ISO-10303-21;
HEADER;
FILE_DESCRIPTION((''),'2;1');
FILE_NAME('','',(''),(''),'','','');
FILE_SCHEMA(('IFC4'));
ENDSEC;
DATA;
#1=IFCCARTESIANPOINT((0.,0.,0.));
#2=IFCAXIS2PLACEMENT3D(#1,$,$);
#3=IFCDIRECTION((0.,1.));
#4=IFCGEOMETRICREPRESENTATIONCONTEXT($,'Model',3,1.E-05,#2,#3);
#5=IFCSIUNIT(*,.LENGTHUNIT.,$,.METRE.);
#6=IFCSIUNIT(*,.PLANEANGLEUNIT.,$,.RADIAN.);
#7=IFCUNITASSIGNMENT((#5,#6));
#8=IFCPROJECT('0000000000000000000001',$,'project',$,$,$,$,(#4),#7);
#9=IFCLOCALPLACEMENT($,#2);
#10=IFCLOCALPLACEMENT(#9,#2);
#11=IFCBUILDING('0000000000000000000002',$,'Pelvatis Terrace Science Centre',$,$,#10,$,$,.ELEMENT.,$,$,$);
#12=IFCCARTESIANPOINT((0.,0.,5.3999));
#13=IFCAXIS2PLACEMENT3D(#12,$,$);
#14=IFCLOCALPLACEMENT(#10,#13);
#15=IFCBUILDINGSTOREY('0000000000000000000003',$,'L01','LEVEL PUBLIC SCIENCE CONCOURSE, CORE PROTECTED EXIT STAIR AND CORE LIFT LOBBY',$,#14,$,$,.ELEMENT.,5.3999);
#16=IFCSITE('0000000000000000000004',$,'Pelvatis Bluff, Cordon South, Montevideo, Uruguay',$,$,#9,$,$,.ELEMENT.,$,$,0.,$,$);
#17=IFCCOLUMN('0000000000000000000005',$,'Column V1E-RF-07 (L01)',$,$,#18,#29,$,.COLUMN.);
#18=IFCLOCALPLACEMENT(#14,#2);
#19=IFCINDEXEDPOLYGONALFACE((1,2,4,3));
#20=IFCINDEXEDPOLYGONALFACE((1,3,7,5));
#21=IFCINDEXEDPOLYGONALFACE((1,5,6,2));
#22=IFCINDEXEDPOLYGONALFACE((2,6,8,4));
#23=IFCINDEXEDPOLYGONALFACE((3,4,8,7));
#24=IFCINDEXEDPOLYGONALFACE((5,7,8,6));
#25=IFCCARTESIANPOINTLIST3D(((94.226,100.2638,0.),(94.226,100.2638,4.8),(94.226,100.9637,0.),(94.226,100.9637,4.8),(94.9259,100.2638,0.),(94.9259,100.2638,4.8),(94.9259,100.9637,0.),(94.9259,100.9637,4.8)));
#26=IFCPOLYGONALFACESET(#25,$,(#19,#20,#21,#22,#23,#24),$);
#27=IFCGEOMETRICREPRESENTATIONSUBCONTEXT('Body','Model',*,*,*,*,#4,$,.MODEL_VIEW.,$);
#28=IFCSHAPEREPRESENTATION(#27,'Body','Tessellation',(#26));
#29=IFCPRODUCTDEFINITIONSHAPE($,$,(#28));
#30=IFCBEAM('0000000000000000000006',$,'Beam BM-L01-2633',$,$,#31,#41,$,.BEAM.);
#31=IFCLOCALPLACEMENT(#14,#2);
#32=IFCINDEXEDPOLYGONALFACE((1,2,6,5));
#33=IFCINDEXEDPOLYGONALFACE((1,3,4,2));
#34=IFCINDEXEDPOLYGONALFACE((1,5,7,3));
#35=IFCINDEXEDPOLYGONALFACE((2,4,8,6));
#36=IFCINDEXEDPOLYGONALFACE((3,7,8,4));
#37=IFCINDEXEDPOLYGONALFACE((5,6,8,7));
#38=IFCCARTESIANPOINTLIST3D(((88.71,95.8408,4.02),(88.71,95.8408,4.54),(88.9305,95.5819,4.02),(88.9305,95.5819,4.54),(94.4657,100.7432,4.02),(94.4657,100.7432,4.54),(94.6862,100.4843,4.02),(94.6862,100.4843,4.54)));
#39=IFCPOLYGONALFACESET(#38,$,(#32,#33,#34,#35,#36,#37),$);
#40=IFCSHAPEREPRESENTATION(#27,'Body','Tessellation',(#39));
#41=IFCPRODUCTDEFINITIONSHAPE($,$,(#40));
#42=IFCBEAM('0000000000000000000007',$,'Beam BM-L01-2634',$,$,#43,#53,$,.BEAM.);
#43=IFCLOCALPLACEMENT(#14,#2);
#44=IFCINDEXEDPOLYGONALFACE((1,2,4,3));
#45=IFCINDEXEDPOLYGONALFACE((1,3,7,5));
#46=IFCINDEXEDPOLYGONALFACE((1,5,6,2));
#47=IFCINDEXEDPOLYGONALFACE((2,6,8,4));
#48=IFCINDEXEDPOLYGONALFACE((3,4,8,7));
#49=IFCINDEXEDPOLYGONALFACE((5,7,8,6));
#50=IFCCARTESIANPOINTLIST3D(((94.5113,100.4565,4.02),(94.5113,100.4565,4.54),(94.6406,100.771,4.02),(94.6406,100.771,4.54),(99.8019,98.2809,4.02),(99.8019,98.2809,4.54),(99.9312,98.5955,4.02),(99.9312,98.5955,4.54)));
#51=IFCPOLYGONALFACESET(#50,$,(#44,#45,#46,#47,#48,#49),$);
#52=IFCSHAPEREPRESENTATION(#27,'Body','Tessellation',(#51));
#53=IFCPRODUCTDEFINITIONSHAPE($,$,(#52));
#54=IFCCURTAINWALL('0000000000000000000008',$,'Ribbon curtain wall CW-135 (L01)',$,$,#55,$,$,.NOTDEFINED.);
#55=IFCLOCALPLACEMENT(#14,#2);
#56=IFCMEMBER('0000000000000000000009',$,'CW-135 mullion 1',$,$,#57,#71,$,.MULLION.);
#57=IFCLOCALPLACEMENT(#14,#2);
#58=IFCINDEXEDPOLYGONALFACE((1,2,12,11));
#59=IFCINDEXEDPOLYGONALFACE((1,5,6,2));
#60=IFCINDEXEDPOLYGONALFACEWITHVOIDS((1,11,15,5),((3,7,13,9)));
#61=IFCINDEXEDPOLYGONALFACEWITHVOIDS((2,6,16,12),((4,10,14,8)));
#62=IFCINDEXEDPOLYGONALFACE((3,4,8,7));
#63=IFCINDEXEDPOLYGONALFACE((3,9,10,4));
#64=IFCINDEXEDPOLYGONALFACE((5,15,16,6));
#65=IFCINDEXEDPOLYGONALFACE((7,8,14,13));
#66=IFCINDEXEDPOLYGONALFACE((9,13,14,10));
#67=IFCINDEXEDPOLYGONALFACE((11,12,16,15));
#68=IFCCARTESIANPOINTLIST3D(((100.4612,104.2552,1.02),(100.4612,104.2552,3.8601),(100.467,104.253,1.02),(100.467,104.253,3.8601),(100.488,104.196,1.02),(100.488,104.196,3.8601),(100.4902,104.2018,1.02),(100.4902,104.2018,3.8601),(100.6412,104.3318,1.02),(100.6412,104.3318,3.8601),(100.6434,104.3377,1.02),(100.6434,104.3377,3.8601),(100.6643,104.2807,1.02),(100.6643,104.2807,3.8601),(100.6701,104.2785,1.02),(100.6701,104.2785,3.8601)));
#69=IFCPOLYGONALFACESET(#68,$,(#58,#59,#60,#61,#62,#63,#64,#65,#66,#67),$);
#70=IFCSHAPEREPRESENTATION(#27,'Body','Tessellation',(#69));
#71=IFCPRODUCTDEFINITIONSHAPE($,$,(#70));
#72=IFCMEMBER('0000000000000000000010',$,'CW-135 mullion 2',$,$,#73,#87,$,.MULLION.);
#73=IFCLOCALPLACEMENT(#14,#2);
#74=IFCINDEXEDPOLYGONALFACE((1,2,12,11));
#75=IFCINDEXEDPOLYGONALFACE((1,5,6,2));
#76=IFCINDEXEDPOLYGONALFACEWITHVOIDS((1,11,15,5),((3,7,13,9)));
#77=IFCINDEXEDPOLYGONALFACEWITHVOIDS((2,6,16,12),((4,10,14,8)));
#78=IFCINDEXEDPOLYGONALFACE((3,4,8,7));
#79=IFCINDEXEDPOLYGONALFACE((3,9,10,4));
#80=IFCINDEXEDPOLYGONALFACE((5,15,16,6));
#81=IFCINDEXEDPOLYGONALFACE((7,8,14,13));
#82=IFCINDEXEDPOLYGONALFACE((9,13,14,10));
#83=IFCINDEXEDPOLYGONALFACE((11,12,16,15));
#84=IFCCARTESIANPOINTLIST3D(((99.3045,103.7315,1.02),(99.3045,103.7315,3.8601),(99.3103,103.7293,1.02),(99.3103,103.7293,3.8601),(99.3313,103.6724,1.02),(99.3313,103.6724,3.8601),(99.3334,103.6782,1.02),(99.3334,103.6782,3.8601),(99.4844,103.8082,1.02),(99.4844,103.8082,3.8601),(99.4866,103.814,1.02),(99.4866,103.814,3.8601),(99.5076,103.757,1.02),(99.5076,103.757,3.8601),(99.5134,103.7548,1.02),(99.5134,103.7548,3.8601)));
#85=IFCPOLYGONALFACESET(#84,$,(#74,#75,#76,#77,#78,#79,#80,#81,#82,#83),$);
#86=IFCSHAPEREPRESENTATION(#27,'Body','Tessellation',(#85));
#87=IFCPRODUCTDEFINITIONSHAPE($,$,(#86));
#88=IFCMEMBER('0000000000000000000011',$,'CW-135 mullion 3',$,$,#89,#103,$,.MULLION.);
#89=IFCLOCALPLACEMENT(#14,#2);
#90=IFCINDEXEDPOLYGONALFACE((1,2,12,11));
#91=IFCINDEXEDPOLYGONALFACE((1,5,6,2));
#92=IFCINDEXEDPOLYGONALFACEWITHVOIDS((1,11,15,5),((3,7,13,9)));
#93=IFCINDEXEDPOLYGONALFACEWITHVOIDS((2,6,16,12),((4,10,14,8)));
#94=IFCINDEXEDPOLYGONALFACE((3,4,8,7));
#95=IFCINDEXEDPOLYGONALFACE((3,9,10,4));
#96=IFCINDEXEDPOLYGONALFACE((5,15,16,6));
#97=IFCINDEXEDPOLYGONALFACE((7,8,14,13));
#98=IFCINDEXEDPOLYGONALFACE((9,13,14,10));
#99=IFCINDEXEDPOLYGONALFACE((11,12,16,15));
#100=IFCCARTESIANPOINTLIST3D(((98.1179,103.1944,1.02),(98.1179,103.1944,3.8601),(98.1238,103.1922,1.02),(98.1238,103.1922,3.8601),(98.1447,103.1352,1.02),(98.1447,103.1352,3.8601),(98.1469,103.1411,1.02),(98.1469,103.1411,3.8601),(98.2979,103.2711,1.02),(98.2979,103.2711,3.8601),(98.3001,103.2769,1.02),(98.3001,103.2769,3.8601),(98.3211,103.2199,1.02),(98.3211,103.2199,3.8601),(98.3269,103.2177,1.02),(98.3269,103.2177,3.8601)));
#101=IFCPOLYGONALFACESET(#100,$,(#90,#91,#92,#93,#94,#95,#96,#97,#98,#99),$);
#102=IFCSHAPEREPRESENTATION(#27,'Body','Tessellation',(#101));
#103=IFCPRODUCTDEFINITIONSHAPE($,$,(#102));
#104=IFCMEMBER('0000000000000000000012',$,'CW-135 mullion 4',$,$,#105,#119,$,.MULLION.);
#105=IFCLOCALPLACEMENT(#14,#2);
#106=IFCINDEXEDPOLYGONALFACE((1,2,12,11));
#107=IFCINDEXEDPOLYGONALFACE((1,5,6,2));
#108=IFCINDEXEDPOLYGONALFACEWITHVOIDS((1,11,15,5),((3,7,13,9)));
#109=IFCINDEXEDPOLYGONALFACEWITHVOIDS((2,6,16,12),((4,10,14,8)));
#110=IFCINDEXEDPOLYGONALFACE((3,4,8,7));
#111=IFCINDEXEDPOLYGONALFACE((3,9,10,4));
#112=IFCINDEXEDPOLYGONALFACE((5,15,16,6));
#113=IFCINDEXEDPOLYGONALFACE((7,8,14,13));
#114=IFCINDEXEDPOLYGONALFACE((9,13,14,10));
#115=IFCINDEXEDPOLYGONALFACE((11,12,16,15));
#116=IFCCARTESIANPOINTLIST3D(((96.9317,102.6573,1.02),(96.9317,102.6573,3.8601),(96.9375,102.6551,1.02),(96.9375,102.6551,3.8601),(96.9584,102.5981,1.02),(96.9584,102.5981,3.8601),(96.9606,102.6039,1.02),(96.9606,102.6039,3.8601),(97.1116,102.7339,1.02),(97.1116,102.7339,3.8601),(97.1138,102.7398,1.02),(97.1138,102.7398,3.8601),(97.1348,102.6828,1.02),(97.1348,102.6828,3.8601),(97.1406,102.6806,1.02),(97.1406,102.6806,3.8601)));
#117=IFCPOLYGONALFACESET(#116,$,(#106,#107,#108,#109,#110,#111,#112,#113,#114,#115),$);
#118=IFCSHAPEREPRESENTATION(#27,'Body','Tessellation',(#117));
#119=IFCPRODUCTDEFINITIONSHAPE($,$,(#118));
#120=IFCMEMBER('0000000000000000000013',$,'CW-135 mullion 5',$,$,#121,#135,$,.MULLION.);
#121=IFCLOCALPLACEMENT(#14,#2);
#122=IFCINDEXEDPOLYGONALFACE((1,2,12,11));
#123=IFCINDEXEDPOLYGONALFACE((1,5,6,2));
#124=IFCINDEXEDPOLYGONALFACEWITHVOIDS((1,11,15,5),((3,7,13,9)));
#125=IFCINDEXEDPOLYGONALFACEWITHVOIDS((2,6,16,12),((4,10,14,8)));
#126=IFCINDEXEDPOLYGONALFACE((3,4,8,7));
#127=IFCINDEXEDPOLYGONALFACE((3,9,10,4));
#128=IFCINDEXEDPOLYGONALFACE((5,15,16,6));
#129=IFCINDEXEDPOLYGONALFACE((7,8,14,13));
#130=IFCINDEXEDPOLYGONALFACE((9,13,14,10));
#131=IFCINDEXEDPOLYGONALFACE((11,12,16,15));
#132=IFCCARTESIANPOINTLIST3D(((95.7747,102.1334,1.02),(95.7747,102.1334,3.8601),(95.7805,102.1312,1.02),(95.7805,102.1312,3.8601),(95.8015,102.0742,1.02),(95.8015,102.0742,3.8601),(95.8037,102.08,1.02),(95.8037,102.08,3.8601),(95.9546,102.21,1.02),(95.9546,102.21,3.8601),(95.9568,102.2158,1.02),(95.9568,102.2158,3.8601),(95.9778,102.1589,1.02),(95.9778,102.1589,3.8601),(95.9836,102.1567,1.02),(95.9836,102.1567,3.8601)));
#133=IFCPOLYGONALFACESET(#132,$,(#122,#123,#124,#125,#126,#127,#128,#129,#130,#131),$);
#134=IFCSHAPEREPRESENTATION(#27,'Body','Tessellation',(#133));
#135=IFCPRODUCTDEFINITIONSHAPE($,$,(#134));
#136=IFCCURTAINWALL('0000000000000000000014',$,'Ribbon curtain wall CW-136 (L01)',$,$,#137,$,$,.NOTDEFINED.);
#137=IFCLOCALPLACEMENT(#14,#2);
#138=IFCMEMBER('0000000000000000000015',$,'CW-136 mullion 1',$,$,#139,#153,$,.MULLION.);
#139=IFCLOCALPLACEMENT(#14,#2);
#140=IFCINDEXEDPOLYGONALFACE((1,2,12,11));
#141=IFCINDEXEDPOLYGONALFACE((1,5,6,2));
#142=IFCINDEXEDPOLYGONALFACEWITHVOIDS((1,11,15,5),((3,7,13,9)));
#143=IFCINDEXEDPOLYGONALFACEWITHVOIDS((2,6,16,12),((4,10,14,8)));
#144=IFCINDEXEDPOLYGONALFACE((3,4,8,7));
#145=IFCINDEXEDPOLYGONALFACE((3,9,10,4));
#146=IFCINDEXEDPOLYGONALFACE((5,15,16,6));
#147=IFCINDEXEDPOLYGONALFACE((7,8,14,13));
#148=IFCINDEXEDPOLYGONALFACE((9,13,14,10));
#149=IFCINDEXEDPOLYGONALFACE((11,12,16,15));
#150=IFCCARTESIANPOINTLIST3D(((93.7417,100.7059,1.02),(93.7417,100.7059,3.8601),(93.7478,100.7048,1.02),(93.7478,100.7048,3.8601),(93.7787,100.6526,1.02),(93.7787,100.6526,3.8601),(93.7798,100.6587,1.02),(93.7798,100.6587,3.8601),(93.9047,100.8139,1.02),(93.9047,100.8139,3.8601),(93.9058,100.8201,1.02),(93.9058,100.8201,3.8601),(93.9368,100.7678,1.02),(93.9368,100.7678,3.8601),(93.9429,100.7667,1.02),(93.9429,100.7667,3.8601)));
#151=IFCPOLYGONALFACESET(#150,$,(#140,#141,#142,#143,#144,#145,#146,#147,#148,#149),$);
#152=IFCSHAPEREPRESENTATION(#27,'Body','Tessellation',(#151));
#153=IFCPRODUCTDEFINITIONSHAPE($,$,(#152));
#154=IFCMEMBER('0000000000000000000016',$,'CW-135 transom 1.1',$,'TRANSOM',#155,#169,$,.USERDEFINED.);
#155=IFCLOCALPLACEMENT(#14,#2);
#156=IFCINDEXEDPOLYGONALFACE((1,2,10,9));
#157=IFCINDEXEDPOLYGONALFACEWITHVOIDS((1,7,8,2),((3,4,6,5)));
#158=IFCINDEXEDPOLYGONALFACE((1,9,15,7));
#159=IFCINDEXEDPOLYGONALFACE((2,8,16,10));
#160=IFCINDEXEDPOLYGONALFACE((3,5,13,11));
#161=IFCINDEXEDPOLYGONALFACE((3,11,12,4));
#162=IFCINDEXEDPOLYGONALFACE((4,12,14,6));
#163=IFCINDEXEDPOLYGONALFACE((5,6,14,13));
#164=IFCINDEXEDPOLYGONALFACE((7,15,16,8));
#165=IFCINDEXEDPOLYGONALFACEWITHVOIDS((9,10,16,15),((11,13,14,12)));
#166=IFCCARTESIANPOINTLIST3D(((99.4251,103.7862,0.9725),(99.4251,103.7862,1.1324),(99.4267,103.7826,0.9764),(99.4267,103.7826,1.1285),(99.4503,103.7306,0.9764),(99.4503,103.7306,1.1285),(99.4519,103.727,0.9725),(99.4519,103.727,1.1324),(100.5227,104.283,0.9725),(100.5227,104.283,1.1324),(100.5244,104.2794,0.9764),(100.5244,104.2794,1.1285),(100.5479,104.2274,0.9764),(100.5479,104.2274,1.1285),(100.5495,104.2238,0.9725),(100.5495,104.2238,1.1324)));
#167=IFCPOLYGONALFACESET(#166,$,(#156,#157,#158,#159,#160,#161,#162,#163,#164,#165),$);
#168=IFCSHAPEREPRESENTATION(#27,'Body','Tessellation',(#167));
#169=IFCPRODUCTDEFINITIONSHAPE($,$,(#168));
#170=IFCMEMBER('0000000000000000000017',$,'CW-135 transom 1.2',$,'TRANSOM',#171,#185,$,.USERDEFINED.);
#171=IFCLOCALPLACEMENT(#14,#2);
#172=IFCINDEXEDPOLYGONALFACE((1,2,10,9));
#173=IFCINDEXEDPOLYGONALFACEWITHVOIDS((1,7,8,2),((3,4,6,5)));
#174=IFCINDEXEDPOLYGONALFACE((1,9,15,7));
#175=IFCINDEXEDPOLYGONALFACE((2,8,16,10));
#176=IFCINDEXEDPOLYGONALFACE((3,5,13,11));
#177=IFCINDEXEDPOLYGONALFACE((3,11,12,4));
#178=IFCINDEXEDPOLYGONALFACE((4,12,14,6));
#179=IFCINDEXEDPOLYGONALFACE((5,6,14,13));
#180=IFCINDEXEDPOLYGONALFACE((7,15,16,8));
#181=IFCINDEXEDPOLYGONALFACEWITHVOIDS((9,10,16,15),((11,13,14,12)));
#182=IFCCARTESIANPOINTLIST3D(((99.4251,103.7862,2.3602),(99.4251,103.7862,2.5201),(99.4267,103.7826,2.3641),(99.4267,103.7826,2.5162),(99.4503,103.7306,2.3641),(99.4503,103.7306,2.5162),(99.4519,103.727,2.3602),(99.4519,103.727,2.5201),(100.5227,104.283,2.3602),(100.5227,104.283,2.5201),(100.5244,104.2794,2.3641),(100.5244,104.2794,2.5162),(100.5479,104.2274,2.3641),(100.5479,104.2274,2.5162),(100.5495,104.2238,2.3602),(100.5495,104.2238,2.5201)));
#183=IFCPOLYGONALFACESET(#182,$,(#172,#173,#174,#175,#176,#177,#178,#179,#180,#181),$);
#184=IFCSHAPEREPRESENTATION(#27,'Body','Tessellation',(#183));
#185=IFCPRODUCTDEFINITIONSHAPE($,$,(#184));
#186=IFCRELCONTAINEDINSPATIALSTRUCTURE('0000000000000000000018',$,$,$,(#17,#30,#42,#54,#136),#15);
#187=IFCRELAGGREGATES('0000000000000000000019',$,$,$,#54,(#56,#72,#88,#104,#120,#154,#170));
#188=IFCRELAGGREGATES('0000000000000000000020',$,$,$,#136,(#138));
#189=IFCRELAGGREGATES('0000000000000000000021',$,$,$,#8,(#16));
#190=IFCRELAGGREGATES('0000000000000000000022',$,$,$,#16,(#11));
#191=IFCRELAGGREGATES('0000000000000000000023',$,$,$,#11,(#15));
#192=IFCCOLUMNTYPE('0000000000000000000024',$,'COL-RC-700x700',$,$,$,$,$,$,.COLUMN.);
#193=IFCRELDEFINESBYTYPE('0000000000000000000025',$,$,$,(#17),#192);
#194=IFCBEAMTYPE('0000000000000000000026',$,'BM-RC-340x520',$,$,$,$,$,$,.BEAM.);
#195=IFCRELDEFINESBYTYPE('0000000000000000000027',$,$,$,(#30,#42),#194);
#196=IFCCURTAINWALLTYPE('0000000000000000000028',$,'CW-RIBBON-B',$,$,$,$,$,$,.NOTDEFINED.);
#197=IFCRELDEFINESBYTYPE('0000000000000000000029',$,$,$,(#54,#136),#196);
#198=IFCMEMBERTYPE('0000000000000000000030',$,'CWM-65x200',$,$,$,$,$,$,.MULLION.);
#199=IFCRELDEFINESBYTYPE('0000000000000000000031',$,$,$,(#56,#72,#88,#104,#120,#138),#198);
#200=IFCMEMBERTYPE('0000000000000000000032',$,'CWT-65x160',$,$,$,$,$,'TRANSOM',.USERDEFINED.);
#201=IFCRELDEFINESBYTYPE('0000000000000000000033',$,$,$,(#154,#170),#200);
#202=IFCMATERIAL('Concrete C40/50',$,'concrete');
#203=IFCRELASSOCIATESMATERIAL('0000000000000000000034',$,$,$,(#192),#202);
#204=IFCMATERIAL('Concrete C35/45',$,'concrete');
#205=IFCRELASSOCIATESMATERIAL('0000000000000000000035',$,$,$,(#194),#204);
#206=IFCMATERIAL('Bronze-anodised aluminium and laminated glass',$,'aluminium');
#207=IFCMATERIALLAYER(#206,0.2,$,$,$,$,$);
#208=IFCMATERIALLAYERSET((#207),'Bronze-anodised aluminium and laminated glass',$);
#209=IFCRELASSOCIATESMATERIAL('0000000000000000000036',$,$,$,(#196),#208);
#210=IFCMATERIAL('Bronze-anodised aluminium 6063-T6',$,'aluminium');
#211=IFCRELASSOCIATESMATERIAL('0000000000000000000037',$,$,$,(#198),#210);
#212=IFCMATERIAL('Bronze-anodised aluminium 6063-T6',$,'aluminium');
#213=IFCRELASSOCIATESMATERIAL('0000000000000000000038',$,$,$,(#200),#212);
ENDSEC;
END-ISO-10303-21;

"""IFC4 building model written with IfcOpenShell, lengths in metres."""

from ifc_helpers import new_model, si_unit, direction, frame, origin, origin_2d, place, context, subcontext, project, spatial, rectangle, hollow_rectangle, extrude, material, layer, layer_set, material_profile, profile_set, type_object, element, aggregate, save


model = new_model("IFC4")

# Units and contexts
model_context = context("Model", 3, precision=1e-05, world=origin(), true_north=direction((0.0, 1.0)))
body_context = subcontext(model_context, "Body", "Model", "MODEL_VIEW")
ifc_project = project(units=[si_unit("LENGTHUNIT", "METRE"), si_unit("PLANEANGLEUNIT", "RADIAN")], contexts=[model_context])

# Site, building, storey
site_placement = place(None, origin())
site = spatial("IfcSite", under=ifc_project, at=site_placement, Name="Pelvatis Bluff, Cordon South, Montevideo, Uruguay", CompositionType="ELEMENT", RefElevation=0.0)
building_placement = place(site_placement, origin())
building = spatial("IfcBuilding", under=site, at=building_placement, Name="Pelvatis Terrace Science Centre", CompositionType="ELEMENT")
storey_placement = place(building_placement, frame((0.0, 0.0, 5.3999)))
storey = spatial("IfcBuildingStorey", under=building, at=storey_placement, Name="L01", Description="LEVEL PUBLIC SCIENCE CONCOURSE, CORE PROTECTED EXIT STAIR AND CORE LIFT LOBBY", CompositionType="ELEMENT", Elevation=5.3999)

# Column
ifc_material_1 = material(Name="Concrete C40/50", Category="concrete")
ifc_material_profile_1 = material_profile(ifc_material_1, rectangle(XDim=0.7, YDim=0.7, at=origin_2d()), Name="RC-COL 700x700")
ifc_profile_set_1 = profile_set([ifc_material_profile_1], Name="Concrete C40/50")
column_type = type_object("IfcColumnType", Name="COL-RC-700x700", PredefinedType="COLUMN", material=ifc_profile_set_1)
column_placement = place(storey_placement, frame((94.5759, 100.6138, 0.0), z_axis=(0.0, 0.0, 1.0), x_axis=(1.0, 0.0, 0.0)))
element("IfcColumn", 1, at=column_placement, inside=storey, type_object=column_type, Name="Column V1E-RF-07 (L01)", PredefinedType="COLUMN", context=body_context, shape_type="SweptSolid", body=[
    extrude(rectangle(XDim=0.7, YDim=0.7, at=origin_2d()), origin(), (0.0, 0.0, 1.0), 4.8),
])

# Beams
ifc_material_2 = material(Name="Concrete C35/45", Category="concrete")
ifc_material_profile_2 = material_profile(ifc_material_2, rectangle(XDim=0.3401, YDim=0.52, at=origin_2d()), Name="RC-BM 340x520")
ifc_profile_set_2 = profile_set([ifc_material_profile_2], Name="Concrete C35/45")
beam_type = type_object("IfcBeamType", Name="BM-RC-340x520", PredefinedType="BEAM", material=ifc_profile_set_2)
beam_1_placement = place(storey_placement, frame((94.5759, 100.6138, 4.28), z_axis=(-0.761282, -0.648421, 0.0), x_axis=(0.648421, -0.761282, 0.0)))
element("IfcBeam", 2, at=beam_1_placement, inside=storey, type_object=beam_type, Name="Beam BM-L01-2633", PredefinedType="BEAM", context=body_context, shape_type="SweptSolid", body=[
    extrude(rectangle(XDim=0.3401, YDim=0.52, at=origin_2d()), origin(), (0.0, 0.0, 1.0), 7.5605),
])
beam_2_placement = place(storey_placement, frame((94.5759, 100.6138, 4.28), z_axis=(0.924857, -0.380314, 0.0), x_axis=(0.380314, 0.924857, 0.0)))
element("IfcBeam", 3, at=beam_2_placement, inside=storey, type_object=beam_type, Name="Beam BM-L01-2634", PredefinedType="BEAM", context=body_context, shape_type="SweptSolid", body=[
    extrude(rectangle(XDim=0.3401, YDim=0.52, at=origin_2d()), origin(), (0.0, 0.0, 1.0), 5.7205),
])

# Curtain wall, members
ifc_material_3 = material(Name="Bronze-anodised aluminium and laminated glass", Category="aluminium")
ifc_layer_1 = layer(ifc_material_3, 0.2)
ifc_layer_set_1 = layer_set([ifc_layer_1], Name="Bronze-anodised aluminium and laminated glass")
curtain_wall_type = type_object("IfcCurtainWallType", Name="CW-RIBBON-B", PredefinedType="NOTDEFINED", material=ifc_layer_set_1)
curtain_wall_1_placement = place(storey_placement, origin())
curtain_wall_1 = element("IfcCurtainWall", 4, at=curtain_wall_1_placement, inside=storey, type_object=curtain_wall_type, Name="Ribbon curtain wall CW-135 (L01)", PredefinedType="NOTDEFINED")
ifc_material_4 = material(Name="Bronze-anodised aluminium 6063-T6", Category="aluminium")
ifc_material_profile_3 = material_profile(ifc_material_4, hollow_rectangle(XDim=0.0649, YDim=0.2, WallThickness=0.0044, at=origin_2d()), Name="ALU-MUL 65x200")
ifc_profile_set_3 = profile_set([ifc_material_profile_3], Name="Bronze-anodised aluminium 6063-T6")
member_type_1 = type_object("IfcMemberType", Name="CWM-65x200", PredefinedType="MULLION", material=ifc_profile_set_3)
member_1_placement = place(storey_placement, frame((100.5657, 104.2668, 1.02), z_axis=(0.0, 0.0, 1.0), x_axis=(0.412429, -0.91099, 0.0)))
member_1 = element("IfcMember", 5, at=member_1_placement, type_object=member_type_1, Name="CW-135 mullion 1", PredefinedType="MULLION", context=body_context, shape_type="SweptSolid", body=[
    extrude(hollow_rectangle(XDim=0.0649, YDim=0.2, WallThickness=0.0044, at=origin_2d()), origin(), (0.0, 0.0, 1.0), 2.8401),
])
member_2_placement = place(storey_placement, frame((99.4089, 103.7432, 1.02), z_axis=(0.0, 0.0, 1.0), x_axis=(0.412429, -0.91099, 0.0)))
member_2 = element("IfcMember", 6, at=member_2_placement, type_object=member_type_1, Name="CW-135 mullion 2", PredefinedType="MULLION", context=body_context, shape_type="SweptSolid", body=[
    extrude(hollow_rectangle(XDim=0.0649, YDim=0.2, WallThickness=0.0044, at=origin_2d()), origin(), (0.0, 0.0, 1.0), 2.8401),
])
member_3_placement = place(storey_placement, frame((98.2224, 103.2061, 1.02), z_axis=(0.0, 0.0, 1.0), x_axis=(0.412429, -0.91099, 0.0)))
member_3 = element("IfcMember", 7, at=member_3_placement, type_object=member_type_1, Name="CW-135 mullion 3", PredefinedType="MULLION", context=body_context, shape_type="SweptSolid", body=[
    extrude(hollow_rectangle(XDim=0.0649, YDim=0.2, WallThickness=0.0044, at=origin_2d()), origin(), (0.0, 0.0, 1.0), 2.8401),
])
member_4_placement = place(storey_placement, frame((97.0361, 102.6689, 1.02), z_axis=(0.0, 0.0, 1.0), x_axis=(0.412429, -0.91099, 0.0)))
member_4 = element("IfcMember", 8, at=member_4_placement, type_object=member_type_1, Name="CW-135 mullion 4", PredefinedType="MULLION", context=body_context, shape_type="SweptSolid", body=[
    extrude(hollow_rectangle(XDim=0.0649, YDim=0.2, WallThickness=0.0044, at=origin_2d()), origin(), (0.0, 0.0, 1.0), 2.8401),
])
member_5_placement = place(storey_placement, frame((95.8792, 102.145, 1.02), z_axis=(0.0, 0.0, 1.0), x_axis=(0.412429, -0.91099, 0.0)))
member_5 = element("IfcMember", 9, at=member_5_placement, type_object=member_type_1, Name="CW-135 mullion 5", PredefinedType="MULLION", context=body_context, shape_type="SweptSolid", body=[
    extrude(hollow_rectangle(XDim=0.0649, YDim=0.2, WallThickness=0.0044, at=origin_2d()), origin(), (0.0, 0.0, 1.0), 2.8401),
])

# Curtain wall, member
curtain_wall_2_placement = place(storey_placement, origin())
curtain_wall_2 = element("IfcCurtainWall", 10, at=curtain_wall_2_placement, inside=storey, type_object=curtain_wall_type, Name="Ribbon curtain wall CW-136 (L01)", PredefinedType="NOTDEFINED")
member_6_placement = place(storey_placement, frame((93.8423, 100.7363, 1.02), z_axis=(0.0, 0.0, 1.0), x_axis=(0.570753, -0.821122, 0.0)))
member_6 = element("IfcMember", 11, at=member_6_placement, type_object=member_type_1, Name="CW-136 mullion 1", PredefinedType="MULLION", context=body_context, shape_type="SweptSolid", body=[
    extrude(hollow_rectangle(XDim=0.0649, YDim=0.2, WallThickness=0.0044, at=origin_2d()), origin(), (0.0, 0.0, 1.0), 2.8401),
])

# Members
ifc_material_5 = material(Name="Bronze-anodised aluminium 6063-T6", Category="aluminium")
ifc_material_profile_4 = material_profile(ifc_material_5, hollow_rectangle(XDim=0.0649, YDim=0.1599, WallThickness=0.0039, at=origin_2d()), Name="ALU-TRN 65x160")
ifc_profile_set_4 = profile_set([ifc_material_profile_4], Name="Bronze-anodised aluminium 6063-T6")
member_type_2 = type_object("IfcMemberType", Name="CWT-65x160", ElementType="TRANSOM", PredefinedType="USERDEFINED", material=ifc_profile_set_4)
member_7_placement = place(storey_placement, frame((100.5361, 104.2534, 1.0525), z_axis=(-0.911025, -0.412352, 0.0), x_axis=(0.412352, -0.911025, 0.0)))
member_7 = element("IfcMember", 12, at=member_7_placement, type_object=member_type_2, Name="CW-135 transom 1.1", ObjectType="TRANSOM", PredefinedType="USERDEFINED", context=body_context, shape_type="SweptSolid", body=[
    extrude(hollow_rectangle(XDim=0.0649, YDim=0.1599, WallThickness=0.0039, at=origin_2d()), origin(), (0.0, 0.0, 1.0), 1.2048),
])
member_8_placement = place(storey_placement, frame((100.5361, 104.2534, 2.4402), z_axis=(-0.911025, -0.412352, 0.0), x_axis=(0.412352, -0.911025, 0.0)))
member_8 = element("IfcMember", 13, at=member_8_placement, type_object=member_type_2, Name="CW-135 transom 1.2", ObjectType="TRANSOM", PredefinedType="USERDEFINED", context=body_context, shape_type="SweptSolid", body=[
    extrude(hollow_rectangle(XDim=0.0649, YDim=0.1599, WallThickness=0.0039, at=origin_2d()), origin(), (0.0, 0.0, 1.0), 1.2048),
])

aggregate(curtain_wall_1, [member_1, member_2, member_3, member_4, member_5, member_7, member_8])
aggregate(curtain_wall_2, [member_6])

save(model, "model.ifc")
